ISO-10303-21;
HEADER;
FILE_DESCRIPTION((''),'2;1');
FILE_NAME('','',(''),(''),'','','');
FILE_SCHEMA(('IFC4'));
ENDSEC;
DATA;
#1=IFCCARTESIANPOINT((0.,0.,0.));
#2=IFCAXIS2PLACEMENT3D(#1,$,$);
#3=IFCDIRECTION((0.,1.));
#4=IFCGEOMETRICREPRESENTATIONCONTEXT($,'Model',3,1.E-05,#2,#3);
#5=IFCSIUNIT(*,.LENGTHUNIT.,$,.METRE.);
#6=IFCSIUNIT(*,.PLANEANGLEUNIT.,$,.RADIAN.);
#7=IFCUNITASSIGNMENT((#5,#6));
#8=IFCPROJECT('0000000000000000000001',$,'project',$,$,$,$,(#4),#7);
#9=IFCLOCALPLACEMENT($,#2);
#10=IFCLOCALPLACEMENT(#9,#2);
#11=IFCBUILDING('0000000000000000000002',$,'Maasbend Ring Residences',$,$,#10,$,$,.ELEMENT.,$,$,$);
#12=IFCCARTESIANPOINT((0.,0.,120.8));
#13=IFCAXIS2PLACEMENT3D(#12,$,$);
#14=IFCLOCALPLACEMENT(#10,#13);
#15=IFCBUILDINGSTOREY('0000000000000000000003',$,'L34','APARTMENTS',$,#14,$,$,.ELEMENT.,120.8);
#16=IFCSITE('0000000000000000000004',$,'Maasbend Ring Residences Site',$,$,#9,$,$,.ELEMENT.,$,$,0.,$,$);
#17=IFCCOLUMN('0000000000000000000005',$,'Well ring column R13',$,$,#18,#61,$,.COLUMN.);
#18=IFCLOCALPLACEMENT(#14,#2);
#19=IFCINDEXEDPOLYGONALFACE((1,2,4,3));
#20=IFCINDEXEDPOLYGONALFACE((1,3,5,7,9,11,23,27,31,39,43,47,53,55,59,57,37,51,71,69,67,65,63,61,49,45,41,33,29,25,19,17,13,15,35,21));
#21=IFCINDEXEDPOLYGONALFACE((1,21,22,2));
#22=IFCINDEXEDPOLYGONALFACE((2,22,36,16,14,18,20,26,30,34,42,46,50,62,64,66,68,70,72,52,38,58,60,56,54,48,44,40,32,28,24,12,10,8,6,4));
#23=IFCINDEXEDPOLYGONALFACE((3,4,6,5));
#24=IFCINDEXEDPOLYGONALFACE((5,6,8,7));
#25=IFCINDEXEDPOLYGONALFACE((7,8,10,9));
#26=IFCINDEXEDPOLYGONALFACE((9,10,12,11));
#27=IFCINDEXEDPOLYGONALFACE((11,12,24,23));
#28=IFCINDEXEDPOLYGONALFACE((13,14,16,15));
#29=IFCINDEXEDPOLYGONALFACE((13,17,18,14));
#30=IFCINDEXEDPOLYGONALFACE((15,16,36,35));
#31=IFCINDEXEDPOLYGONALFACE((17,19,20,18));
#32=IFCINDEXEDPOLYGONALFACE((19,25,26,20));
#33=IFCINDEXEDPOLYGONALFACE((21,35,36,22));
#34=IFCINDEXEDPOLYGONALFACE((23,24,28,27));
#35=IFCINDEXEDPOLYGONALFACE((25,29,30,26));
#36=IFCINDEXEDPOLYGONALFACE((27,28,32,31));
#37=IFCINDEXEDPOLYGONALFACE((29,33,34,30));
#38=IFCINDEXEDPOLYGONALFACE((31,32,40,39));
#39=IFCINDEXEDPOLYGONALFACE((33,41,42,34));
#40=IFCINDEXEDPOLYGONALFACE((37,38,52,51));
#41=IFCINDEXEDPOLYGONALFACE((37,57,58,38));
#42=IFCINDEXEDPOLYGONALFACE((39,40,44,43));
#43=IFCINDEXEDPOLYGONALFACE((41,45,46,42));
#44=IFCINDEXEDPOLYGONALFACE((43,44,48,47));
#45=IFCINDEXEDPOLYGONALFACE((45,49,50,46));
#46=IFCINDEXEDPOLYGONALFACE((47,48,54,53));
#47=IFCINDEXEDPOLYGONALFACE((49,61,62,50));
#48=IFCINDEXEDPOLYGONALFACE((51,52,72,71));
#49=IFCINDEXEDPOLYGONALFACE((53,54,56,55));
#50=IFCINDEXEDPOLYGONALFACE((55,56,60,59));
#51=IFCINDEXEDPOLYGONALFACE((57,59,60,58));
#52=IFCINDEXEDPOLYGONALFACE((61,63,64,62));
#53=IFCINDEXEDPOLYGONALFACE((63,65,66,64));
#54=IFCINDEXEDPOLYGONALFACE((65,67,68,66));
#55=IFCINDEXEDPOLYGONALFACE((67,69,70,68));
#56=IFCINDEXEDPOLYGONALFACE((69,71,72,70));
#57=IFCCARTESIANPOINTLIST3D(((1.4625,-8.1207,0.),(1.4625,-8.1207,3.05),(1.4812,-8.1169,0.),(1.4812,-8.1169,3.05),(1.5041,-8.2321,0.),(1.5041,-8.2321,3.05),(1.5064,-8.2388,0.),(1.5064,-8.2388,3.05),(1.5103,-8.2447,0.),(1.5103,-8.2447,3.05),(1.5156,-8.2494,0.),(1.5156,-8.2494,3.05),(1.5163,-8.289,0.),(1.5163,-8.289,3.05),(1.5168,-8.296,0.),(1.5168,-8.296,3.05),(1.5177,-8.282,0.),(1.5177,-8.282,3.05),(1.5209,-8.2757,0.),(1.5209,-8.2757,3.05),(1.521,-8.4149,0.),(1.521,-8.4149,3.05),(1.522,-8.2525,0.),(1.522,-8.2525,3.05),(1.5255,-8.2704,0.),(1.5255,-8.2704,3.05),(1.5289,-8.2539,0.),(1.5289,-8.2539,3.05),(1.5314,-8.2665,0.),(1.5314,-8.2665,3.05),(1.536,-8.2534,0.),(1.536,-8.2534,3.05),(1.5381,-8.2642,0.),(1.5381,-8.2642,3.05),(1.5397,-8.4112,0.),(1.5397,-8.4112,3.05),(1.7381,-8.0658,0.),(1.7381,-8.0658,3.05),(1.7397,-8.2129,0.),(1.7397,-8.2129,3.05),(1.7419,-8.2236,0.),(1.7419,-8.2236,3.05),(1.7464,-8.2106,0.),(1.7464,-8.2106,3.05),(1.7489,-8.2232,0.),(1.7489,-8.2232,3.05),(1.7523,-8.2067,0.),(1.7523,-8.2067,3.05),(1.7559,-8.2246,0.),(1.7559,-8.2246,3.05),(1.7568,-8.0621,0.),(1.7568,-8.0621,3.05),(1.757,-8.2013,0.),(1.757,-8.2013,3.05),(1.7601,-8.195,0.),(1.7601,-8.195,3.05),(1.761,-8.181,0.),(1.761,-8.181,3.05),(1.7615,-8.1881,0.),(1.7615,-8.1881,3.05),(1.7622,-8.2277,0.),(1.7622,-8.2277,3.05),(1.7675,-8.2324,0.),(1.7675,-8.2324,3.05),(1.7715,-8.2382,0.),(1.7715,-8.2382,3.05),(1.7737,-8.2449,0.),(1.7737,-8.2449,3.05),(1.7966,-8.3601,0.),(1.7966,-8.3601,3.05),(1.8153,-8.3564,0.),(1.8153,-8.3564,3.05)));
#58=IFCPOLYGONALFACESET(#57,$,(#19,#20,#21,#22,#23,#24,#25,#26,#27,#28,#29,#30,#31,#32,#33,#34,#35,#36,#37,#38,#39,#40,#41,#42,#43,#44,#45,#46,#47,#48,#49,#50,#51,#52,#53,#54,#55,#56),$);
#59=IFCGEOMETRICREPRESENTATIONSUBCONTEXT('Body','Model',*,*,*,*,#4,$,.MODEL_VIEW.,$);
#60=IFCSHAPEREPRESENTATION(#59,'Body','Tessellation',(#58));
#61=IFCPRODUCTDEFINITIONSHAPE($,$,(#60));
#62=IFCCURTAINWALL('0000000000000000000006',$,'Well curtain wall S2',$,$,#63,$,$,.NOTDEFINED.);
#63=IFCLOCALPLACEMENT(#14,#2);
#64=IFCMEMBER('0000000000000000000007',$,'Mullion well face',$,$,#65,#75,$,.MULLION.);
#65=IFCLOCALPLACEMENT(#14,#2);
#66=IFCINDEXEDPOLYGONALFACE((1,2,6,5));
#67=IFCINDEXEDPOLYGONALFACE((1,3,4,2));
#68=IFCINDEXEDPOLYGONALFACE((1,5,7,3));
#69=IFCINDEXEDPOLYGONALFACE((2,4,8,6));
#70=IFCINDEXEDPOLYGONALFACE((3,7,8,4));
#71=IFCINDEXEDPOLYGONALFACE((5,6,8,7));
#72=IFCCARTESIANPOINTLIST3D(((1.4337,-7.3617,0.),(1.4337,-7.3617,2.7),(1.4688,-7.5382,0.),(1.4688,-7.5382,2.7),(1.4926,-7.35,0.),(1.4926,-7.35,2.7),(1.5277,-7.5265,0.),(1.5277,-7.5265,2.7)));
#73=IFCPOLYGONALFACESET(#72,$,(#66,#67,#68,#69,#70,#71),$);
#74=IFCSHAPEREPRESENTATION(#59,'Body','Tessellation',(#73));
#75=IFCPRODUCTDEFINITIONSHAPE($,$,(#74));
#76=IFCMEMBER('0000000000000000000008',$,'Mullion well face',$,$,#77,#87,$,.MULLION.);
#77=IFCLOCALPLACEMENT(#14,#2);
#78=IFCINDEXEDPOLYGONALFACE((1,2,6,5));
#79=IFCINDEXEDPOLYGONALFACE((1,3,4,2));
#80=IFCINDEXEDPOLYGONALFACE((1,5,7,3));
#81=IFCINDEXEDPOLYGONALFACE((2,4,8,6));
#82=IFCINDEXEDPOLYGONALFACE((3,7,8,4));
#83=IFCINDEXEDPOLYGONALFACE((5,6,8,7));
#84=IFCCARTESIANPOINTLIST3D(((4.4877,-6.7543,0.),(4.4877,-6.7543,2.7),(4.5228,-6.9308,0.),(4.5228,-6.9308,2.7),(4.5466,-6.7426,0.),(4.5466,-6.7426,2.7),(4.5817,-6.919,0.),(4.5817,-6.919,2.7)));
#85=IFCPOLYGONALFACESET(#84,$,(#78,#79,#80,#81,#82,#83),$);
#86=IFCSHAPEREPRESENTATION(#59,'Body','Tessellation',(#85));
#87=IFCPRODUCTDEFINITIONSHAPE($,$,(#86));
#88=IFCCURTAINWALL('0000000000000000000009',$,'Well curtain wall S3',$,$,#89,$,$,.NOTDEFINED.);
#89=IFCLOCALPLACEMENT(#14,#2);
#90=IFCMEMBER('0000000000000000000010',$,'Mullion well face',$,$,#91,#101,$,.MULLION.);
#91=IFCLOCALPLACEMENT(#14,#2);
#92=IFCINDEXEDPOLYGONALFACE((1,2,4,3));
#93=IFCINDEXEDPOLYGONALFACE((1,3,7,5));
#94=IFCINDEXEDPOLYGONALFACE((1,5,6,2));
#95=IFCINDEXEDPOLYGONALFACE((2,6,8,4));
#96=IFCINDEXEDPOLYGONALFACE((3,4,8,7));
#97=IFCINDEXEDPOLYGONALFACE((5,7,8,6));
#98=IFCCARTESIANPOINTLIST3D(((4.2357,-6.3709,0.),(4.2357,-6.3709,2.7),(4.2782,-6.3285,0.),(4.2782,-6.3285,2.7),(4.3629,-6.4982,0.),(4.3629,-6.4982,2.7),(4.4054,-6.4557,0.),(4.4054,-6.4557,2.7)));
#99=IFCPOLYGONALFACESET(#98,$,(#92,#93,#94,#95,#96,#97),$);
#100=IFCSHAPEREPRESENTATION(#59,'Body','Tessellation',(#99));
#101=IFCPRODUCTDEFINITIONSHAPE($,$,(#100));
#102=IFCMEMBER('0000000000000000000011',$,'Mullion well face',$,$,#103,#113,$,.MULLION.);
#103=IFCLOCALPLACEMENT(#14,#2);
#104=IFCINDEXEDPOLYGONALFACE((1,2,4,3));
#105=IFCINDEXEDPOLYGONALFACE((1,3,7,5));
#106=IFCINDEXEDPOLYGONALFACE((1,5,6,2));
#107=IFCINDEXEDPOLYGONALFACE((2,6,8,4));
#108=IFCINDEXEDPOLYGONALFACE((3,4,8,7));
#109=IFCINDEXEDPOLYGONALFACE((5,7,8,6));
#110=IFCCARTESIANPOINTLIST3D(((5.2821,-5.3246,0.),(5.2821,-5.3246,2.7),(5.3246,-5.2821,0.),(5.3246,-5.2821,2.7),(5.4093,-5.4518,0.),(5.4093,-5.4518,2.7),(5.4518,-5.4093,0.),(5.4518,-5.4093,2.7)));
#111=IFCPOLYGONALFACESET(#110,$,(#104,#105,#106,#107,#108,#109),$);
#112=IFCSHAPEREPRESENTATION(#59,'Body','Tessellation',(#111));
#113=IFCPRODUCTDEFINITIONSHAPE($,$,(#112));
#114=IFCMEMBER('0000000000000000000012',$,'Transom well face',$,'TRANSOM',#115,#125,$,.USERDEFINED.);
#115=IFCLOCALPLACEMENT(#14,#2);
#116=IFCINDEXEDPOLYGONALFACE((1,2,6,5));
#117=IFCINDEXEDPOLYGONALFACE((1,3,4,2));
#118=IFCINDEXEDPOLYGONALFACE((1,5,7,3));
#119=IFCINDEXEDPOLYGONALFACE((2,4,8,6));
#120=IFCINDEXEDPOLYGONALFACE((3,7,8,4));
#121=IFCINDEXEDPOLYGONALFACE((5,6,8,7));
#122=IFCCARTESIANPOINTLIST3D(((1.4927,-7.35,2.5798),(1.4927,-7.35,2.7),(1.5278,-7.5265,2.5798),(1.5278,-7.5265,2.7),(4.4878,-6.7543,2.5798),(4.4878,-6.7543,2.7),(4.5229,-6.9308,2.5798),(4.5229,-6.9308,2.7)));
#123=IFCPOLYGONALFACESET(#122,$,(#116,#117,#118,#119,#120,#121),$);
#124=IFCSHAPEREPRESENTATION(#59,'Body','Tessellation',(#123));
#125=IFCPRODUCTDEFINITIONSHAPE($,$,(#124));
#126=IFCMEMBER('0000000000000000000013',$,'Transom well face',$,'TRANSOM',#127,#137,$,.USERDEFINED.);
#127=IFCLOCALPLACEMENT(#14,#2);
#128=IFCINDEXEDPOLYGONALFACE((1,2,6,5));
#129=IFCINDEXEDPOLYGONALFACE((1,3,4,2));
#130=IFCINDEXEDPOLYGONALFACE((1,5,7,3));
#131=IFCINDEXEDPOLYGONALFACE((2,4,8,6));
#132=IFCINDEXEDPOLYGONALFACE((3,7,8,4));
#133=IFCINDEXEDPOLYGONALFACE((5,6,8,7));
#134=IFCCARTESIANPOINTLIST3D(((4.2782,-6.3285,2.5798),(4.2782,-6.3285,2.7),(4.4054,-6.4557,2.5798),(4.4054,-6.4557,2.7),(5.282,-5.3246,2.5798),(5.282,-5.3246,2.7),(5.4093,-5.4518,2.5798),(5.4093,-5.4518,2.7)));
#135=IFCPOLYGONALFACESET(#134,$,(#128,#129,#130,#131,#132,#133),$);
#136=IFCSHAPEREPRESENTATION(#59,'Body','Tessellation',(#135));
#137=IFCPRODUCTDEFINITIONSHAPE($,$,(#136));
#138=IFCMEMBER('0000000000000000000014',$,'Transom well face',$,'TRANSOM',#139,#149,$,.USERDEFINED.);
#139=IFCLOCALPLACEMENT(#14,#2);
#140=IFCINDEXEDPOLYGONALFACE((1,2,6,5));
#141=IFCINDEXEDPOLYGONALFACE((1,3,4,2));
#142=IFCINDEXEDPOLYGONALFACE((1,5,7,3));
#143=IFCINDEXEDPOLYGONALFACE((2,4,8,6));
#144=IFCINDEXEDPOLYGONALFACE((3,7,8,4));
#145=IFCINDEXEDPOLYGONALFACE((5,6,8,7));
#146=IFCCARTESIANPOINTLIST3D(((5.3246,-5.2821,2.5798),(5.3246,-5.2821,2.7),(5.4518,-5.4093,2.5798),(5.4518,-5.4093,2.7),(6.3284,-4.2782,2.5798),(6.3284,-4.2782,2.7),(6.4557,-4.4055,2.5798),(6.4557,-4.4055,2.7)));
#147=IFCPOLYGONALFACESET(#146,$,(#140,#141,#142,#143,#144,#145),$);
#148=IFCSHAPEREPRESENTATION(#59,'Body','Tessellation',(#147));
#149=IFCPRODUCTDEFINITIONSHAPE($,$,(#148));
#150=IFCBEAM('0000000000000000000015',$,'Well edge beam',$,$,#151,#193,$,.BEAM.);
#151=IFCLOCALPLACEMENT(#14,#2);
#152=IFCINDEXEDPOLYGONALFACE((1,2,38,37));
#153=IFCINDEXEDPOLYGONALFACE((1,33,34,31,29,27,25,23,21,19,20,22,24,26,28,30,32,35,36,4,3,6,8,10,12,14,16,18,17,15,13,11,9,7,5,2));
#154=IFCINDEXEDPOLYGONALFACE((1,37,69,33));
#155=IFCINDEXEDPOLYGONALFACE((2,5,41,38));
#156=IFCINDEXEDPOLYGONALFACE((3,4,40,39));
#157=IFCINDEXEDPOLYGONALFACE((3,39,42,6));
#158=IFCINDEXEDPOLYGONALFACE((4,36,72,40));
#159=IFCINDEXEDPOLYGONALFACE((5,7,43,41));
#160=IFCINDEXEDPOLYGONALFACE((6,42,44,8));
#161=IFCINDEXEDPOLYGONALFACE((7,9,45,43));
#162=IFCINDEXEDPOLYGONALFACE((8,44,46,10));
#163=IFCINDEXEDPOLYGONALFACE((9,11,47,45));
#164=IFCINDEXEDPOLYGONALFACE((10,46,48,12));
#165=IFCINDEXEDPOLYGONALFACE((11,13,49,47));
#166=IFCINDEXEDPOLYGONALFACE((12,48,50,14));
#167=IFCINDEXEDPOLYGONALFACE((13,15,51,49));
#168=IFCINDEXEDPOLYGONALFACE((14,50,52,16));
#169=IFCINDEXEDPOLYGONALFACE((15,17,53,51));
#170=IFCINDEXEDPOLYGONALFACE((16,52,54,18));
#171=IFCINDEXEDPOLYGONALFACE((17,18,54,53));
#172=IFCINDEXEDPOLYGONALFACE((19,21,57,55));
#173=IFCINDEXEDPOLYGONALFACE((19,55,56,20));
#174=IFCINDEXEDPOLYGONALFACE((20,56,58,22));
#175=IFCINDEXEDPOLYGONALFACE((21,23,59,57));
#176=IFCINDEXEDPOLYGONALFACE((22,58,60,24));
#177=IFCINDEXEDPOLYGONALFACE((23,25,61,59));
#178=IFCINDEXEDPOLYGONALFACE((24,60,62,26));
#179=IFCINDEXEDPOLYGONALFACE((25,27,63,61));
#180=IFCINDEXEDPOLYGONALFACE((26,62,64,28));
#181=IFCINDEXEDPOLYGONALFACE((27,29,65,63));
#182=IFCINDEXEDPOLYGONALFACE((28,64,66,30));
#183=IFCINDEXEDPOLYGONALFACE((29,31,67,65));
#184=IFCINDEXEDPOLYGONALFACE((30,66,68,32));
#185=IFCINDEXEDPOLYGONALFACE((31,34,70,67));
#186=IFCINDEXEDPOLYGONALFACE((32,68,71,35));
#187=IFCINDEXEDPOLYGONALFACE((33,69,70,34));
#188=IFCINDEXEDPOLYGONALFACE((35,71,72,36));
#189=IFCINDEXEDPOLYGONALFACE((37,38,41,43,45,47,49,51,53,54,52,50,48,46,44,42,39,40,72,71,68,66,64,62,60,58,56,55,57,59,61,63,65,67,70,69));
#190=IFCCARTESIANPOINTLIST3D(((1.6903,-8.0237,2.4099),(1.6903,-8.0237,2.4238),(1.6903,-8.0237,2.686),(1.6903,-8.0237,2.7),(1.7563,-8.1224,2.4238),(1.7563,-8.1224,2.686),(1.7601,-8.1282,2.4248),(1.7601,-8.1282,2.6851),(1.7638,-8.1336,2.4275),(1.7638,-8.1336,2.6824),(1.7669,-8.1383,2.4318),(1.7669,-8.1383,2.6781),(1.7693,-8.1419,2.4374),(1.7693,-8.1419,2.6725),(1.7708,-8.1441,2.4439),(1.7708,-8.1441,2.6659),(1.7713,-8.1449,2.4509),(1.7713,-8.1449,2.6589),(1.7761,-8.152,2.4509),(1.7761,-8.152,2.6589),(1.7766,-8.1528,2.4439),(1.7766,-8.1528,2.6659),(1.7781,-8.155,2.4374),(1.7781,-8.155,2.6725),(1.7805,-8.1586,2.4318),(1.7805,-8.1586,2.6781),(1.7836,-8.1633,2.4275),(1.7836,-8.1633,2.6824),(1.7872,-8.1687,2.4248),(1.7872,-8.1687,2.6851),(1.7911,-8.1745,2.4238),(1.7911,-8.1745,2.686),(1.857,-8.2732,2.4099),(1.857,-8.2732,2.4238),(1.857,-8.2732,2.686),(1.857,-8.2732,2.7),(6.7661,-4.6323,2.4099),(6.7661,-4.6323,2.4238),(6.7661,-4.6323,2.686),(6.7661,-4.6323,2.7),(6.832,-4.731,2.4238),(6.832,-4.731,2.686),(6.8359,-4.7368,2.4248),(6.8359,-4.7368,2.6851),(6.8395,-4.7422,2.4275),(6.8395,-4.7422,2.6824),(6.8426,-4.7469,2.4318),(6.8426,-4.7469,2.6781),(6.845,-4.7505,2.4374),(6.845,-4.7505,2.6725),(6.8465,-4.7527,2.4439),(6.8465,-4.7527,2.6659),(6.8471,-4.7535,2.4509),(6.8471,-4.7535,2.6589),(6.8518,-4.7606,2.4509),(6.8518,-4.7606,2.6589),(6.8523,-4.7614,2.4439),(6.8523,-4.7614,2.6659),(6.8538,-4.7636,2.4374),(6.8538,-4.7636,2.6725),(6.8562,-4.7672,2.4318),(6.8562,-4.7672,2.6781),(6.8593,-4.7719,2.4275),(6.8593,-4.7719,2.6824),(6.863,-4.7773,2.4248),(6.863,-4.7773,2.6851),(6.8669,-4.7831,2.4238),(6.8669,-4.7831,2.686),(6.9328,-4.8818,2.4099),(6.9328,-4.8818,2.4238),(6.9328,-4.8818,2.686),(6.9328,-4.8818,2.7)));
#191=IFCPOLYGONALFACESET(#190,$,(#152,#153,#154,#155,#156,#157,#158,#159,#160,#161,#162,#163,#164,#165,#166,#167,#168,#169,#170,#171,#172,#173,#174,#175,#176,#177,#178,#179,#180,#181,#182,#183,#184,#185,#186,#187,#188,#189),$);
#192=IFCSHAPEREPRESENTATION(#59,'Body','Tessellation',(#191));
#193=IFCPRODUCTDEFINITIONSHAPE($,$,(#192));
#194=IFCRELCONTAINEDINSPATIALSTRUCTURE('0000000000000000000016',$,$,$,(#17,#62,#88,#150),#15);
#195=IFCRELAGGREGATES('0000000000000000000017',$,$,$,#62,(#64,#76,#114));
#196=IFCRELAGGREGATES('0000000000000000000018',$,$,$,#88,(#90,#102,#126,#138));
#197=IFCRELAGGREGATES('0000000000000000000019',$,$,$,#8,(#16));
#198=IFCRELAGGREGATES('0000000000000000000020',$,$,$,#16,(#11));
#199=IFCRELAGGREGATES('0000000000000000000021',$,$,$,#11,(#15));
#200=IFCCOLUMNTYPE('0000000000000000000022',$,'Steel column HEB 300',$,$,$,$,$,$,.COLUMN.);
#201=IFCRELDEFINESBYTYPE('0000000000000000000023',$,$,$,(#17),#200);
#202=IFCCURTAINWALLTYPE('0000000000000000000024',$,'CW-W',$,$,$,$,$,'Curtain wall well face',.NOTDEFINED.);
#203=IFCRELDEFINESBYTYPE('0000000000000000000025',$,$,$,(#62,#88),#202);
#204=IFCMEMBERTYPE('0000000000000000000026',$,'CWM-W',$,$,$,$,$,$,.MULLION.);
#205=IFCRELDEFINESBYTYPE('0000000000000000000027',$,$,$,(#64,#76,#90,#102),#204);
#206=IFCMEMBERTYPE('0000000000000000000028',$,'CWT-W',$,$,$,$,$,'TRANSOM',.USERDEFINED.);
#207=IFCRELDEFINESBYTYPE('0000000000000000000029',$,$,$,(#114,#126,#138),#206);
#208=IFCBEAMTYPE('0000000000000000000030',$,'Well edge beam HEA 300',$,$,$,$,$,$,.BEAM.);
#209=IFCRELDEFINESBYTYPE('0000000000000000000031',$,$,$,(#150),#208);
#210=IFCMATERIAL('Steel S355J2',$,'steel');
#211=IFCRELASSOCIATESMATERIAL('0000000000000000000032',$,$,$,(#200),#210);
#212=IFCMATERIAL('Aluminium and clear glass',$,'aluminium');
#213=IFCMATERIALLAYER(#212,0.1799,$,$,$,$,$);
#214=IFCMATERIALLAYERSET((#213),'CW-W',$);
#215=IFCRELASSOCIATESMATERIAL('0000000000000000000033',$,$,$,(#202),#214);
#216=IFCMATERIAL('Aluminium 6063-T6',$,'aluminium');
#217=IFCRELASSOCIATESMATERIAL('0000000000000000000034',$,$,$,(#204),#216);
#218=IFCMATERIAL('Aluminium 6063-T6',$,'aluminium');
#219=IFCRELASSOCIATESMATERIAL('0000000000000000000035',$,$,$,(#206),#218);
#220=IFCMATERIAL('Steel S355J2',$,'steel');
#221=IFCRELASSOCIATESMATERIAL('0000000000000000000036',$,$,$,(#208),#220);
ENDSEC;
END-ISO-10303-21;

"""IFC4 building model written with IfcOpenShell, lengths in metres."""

from ifc_helpers import new_model, si_unit, direction, frame, origin, origin_2d, place, context, subcontext, project, spatial, rectangle, i_section, extrude, material, layer, layer_set, material_profile, profile_set, type_object, element, aggregate, save


model = new_model("IFC4")

# Units and contexts
model_context = context("Model", 3, precision=1e-05, world=origin(), true_north=direction((0.0, 1.0)))
body_context = subcontext(model_context, "Body", "Model", "MODEL_VIEW")
ifc_project = project(units=[si_unit("LENGTHUNIT", "METRE"), si_unit("PLANEANGLEUNIT", "RADIAN")], contexts=[model_context])

# Site, building, storey
site_placement = place(None, origin())
site = spatial("IfcSite", under=ifc_project, at=site_placement, Name="Maasbend Ring Residences Site", CompositionType="ELEMENT", RefElevation=0.0)
building_placement = place(site_placement, origin())
building = spatial("IfcBuilding", under=site, at=building_placement, Name="Maasbend Ring Residences", CompositionType="ELEMENT")
storey_placement = place(building_placement, frame((0.0, 0.0, 120.8)))
storey = spatial("IfcBuildingStorey", under=building, at=storey_placement, Name="L34", Description="APARTMENTS", CompositionType="ELEMENT", Elevation=120.8)

# Column
ifc_material_1 = material(Name="Steel S355J2", Category="steel")
ifc_material_profile_1 = material_profile(ifc_material_1, i_section(OverallWidth=0.3, OverallDepth=0.3, WebThickness=0.011, FlangeThickness=0.019, FilletRadius=0.0271, at=origin_2d()), Name="HEB 300")
ifc_profile_set_1 = profile_set([ifc_material_profile_1], Name="Steel S355J2")
column_type = type_object("IfcColumnType", Name="Steel column HEB 300", PredefinedType="COLUMN", material=ifc_profile_set_1)
column_placement = place(storey_placement, frame((1.6389, -8.2385, 0.0), z_axis=(0.0, 0.0, 1.0), x_axis=(0.19509, -0.980785, 0.0)))
element("IfcColumn", 1, at=column_placement, inside=storey, type_object=column_type, Name="Well ring column R13", PredefinedType="COLUMN", context=body_context, shape_type="SweptSolid", body=[
    extrude(i_section(OverallWidth=0.3, OverallDepth=0.3, WebThickness=0.011, FlangeThickness=0.019, FilletRadius=0.0271, at=origin_2d()), origin(), (0.0, 0.0, 1.0), 3.05),
])

# Curtain walls, members
ifc_material_2 = material(Name="Aluminium and clear glass", Category="aluminium")
ifc_layer_1 = layer(ifc_material_2, 0.1799)
ifc_layer_set_1 = layer_set([ifc_layer_1], Name="CW-W")
curtain_wall_type = type_object("IfcCurtainWallType", Name="CW-W", ElementType="Curtain wall well face", PredefinedType="NOTDEFINED", material=ifc_layer_set_1)
curtain_wall_1_placement = place(storey_placement, origin())
curtain_wall_1 = element("IfcCurtainWall", 2, at=curtain_wall_1_placement, inside=storey, type_object=curtain_wall_type, Name="Well curtain wall S2", PredefinedType="NOTDEFINED")
ifc_material_3 = material(Name="Aluminium 6063-T6", Category="aluminium")
ifc_material_profile_2 = material_profile(ifc_material_3, rectangle(XDim=0.1799, YDim=0.0601, at=origin_2d()), Name="AL 180x60")
ifc_profile_set_2 = profile_set([ifc_material_profile_2], Name="Aluminium 6063-T6")
member_type_1 = type_object("IfcMemberType", Name="CWM-W", PredefinedType="MULLION", material=ifc_profile_set_2)
member_1_placement = place(storey_placement, frame((1.4807, -7.4441, 0.0), z_axis=(0.0, 0.0, 1.0), x_axis=(-0.19509, 0.980785, 0.0)))
member_1 = element("IfcMember", 3, at=member_1_placement, type_object=member_type_1, Name="Mullion well face", PredefinedType="MULLION", context=body_context, shape_type="SweptSolid", body=[
    extrude(rectangle(XDim=0.1799, YDim=0.0601, at=origin_2d()), origin(), (0.0, 0.0, 1.0), 2.7),
])
member_2_placement = place(storey_placement, frame((4.5347, -6.8367, 0.0), z_axis=(0.0, 0.0, 1.0), x_axis=(-0.19509, 0.980785, 0.0)))
member_2 = element("IfcMember", 4, at=member_2_placement, type_object=member_type_1, Name="Mullion well face", PredefinedType="MULLION", context=body_context, shape_type="SweptSolid", body=[
    extrude(rectangle(XDim=0.1799, YDim=0.0601, at=origin_2d()), origin(), (0.0, 0.0, 1.0), 2.7),
])
curtain_wall_2_placement = place(storey_placement, origin())
curtain_wall_2 = element("IfcCurtainWall", 5, at=curtain_wall_2_placement, inside=storey, type_object=curtain_wall_type, Name="Well curtain wall S3", PredefinedType="NOTDEFINED")
member_3_placement = place(storey_placement, frame((4.3206, -6.4133, 0.0), z_axis=(0.0, 0.0, 1.0), x_axis=(-0.707107, 0.707107, 0.0)))
member_3 = element("IfcMember", 6, at=member_3_placement, type_object=member_type_1, Name="Mullion well face", PredefinedType="MULLION", context=body_context, shape_type="SweptSolid", body=[
    extrude(rectangle(XDim=0.1799, YDim=0.0601, at=origin_2d()), origin(), (0.0, 0.0, 1.0), 2.7),
])
member_4_placement = place(storey_placement, frame((5.3669, -5.3669, 0.0), z_axis=(0.0, 0.0, 1.0), x_axis=(-0.707107, 0.707107, 0.0)))
member_4 = element("IfcMember", 7, at=member_4_placement, type_object=member_type_1, Name="Mullion well face", PredefinedType="MULLION", context=body_context, shape_type="SweptSolid", body=[
    extrude(rectangle(XDim=0.1799, YDim=0.0601, at=origin_2d()), origin(), (0.0, 0.0, 1.0), 2.7),
])

# Members
ifc_material_4 = material(Name="Aluminium 6063-T6", Category="aluminium")
ifc_material_profile_3 = material_profile(ifc_material_4, rectangle(XDim=0.1799, YDim=0.1201, at=origin_2d()), Name="AL 180x120")
ifc_profile_set_3 = profile_set([ifc_material_profile_3], Name="Aluminium 6063-T6")
member_type_2 = type_object("IfcMemberType", Name="CWT-W", ElementType="TRANSOM", PredefinedType="USERDEFINED", material=ifc_profile_set_3)
member_5_placement = place(storey_placement, frame((1.5103, -7.4382, 2.6399), z_axis=(0.980789, 0.195071, 0.0), x_axis=(-0.195071, 0.980789, 0.0)))
member_5 = element("IfcMember", 8, at=member_5_placement, type_object=member_type_2, Name="Transom well face", ObjectType="TRANSOM", PredefinedType="USERDEFINED", context=body_context, shape_type="SweptSolid", body=[
    extrude(rectangle(XDim=0.1799, YDim=0.1201, at=origin_2d()), origin(), (0.0, 0.0, 1.0), 3.0537),
])
member_6_placement = place(storey_placement, frame((4.3418, -6.3921, 2.6399), z_axis=(0.707107, 0.707107, 0.0), x_axis=(-0.707107, 0.707107, 0.0)))
member_6 = element("IfcMember", 9, at=member_6_placement, type_object=member_type_2, Name="Transom well face", ObjectType="TRANSOM", PredefinedType="USERDEFINED", context=body_context, shape_type="SweptSolid", body=[
    extrude(rectangle(XDim=0.1799, YDim=0.1201, at=origin_2d()), origin(), (0.0, 0.0, 1.0), 1.4197),
])
member_7_placement = place(storey_placement, frame((5.3882, -5.3457, 2.6399), z_axis=(0.707107, 0.707107, 0.0), x_axis=(-0.707107, 0.707107, 0.0)))
member_7 = element("IfcMember", 10, at=member_7_placement, type_object=member_type_2, Name="Transom well face", ObjectType="TRANSOM", PredefinedType="USERDEFINED", context=body_context, shape_type="SweptSolid", body=[
    extrude(rectangle(XDim=0.1799, YDim=0.1201, at=origin_2d()), origin(), (0.0, 0.0, 1.0), 1.4197),
])

# Beam
ifc_material_5 = material(Name="Steel S355J2", Category="steel")
ifc_material_profile_4 = material_profile(ifc_material_5, i_section(OverallWidth=0.3, OverallDepth=0.29, WebThickness=0.0085, FlangeThickness=0.0139, FilletRadius=0.0271, at=origin_2d()), Name="HEA 300")
ifc_profile_set_4 = profile_set([ifc_material_profile_4], Name="Steel S355J2")
beam_type = type_object("IfcBeamType", Name="Well edge beam HEA 300", PredefinedType="BEAM", material=ifc_profile_set_4)
beam_placement = place(storey_placement, frame((1.7737, -8.1484, 2.5549), z_axis=(0.831478, 0.555558, 0.0), x_axis=(-0.555558, 0.831478, 0.0)))
element("IfcBeam", 11, at=beam_placement, inside=storey, type_object=beam_type, Name="Well edge beam", PredefinedType="BEAM", context=body_context, shape_type="SweptSolid", body=[
    extrude(i_section(OverallWidth=0.3, OverallDepth=0.29, WebThickness=0.0085, FlangeThickness=0.0139, FilletRadius=0.0271, at=origin_2d()), origin(), (0.0, 0.0, 1.0), 6.1045),
])

aggregate(curtain_wall_1, [member_1, member_2, member_5])
aggregate(curtain_wall_2, [member_3, member_4, member_6, member_7])

save(model, "model.ifc")
